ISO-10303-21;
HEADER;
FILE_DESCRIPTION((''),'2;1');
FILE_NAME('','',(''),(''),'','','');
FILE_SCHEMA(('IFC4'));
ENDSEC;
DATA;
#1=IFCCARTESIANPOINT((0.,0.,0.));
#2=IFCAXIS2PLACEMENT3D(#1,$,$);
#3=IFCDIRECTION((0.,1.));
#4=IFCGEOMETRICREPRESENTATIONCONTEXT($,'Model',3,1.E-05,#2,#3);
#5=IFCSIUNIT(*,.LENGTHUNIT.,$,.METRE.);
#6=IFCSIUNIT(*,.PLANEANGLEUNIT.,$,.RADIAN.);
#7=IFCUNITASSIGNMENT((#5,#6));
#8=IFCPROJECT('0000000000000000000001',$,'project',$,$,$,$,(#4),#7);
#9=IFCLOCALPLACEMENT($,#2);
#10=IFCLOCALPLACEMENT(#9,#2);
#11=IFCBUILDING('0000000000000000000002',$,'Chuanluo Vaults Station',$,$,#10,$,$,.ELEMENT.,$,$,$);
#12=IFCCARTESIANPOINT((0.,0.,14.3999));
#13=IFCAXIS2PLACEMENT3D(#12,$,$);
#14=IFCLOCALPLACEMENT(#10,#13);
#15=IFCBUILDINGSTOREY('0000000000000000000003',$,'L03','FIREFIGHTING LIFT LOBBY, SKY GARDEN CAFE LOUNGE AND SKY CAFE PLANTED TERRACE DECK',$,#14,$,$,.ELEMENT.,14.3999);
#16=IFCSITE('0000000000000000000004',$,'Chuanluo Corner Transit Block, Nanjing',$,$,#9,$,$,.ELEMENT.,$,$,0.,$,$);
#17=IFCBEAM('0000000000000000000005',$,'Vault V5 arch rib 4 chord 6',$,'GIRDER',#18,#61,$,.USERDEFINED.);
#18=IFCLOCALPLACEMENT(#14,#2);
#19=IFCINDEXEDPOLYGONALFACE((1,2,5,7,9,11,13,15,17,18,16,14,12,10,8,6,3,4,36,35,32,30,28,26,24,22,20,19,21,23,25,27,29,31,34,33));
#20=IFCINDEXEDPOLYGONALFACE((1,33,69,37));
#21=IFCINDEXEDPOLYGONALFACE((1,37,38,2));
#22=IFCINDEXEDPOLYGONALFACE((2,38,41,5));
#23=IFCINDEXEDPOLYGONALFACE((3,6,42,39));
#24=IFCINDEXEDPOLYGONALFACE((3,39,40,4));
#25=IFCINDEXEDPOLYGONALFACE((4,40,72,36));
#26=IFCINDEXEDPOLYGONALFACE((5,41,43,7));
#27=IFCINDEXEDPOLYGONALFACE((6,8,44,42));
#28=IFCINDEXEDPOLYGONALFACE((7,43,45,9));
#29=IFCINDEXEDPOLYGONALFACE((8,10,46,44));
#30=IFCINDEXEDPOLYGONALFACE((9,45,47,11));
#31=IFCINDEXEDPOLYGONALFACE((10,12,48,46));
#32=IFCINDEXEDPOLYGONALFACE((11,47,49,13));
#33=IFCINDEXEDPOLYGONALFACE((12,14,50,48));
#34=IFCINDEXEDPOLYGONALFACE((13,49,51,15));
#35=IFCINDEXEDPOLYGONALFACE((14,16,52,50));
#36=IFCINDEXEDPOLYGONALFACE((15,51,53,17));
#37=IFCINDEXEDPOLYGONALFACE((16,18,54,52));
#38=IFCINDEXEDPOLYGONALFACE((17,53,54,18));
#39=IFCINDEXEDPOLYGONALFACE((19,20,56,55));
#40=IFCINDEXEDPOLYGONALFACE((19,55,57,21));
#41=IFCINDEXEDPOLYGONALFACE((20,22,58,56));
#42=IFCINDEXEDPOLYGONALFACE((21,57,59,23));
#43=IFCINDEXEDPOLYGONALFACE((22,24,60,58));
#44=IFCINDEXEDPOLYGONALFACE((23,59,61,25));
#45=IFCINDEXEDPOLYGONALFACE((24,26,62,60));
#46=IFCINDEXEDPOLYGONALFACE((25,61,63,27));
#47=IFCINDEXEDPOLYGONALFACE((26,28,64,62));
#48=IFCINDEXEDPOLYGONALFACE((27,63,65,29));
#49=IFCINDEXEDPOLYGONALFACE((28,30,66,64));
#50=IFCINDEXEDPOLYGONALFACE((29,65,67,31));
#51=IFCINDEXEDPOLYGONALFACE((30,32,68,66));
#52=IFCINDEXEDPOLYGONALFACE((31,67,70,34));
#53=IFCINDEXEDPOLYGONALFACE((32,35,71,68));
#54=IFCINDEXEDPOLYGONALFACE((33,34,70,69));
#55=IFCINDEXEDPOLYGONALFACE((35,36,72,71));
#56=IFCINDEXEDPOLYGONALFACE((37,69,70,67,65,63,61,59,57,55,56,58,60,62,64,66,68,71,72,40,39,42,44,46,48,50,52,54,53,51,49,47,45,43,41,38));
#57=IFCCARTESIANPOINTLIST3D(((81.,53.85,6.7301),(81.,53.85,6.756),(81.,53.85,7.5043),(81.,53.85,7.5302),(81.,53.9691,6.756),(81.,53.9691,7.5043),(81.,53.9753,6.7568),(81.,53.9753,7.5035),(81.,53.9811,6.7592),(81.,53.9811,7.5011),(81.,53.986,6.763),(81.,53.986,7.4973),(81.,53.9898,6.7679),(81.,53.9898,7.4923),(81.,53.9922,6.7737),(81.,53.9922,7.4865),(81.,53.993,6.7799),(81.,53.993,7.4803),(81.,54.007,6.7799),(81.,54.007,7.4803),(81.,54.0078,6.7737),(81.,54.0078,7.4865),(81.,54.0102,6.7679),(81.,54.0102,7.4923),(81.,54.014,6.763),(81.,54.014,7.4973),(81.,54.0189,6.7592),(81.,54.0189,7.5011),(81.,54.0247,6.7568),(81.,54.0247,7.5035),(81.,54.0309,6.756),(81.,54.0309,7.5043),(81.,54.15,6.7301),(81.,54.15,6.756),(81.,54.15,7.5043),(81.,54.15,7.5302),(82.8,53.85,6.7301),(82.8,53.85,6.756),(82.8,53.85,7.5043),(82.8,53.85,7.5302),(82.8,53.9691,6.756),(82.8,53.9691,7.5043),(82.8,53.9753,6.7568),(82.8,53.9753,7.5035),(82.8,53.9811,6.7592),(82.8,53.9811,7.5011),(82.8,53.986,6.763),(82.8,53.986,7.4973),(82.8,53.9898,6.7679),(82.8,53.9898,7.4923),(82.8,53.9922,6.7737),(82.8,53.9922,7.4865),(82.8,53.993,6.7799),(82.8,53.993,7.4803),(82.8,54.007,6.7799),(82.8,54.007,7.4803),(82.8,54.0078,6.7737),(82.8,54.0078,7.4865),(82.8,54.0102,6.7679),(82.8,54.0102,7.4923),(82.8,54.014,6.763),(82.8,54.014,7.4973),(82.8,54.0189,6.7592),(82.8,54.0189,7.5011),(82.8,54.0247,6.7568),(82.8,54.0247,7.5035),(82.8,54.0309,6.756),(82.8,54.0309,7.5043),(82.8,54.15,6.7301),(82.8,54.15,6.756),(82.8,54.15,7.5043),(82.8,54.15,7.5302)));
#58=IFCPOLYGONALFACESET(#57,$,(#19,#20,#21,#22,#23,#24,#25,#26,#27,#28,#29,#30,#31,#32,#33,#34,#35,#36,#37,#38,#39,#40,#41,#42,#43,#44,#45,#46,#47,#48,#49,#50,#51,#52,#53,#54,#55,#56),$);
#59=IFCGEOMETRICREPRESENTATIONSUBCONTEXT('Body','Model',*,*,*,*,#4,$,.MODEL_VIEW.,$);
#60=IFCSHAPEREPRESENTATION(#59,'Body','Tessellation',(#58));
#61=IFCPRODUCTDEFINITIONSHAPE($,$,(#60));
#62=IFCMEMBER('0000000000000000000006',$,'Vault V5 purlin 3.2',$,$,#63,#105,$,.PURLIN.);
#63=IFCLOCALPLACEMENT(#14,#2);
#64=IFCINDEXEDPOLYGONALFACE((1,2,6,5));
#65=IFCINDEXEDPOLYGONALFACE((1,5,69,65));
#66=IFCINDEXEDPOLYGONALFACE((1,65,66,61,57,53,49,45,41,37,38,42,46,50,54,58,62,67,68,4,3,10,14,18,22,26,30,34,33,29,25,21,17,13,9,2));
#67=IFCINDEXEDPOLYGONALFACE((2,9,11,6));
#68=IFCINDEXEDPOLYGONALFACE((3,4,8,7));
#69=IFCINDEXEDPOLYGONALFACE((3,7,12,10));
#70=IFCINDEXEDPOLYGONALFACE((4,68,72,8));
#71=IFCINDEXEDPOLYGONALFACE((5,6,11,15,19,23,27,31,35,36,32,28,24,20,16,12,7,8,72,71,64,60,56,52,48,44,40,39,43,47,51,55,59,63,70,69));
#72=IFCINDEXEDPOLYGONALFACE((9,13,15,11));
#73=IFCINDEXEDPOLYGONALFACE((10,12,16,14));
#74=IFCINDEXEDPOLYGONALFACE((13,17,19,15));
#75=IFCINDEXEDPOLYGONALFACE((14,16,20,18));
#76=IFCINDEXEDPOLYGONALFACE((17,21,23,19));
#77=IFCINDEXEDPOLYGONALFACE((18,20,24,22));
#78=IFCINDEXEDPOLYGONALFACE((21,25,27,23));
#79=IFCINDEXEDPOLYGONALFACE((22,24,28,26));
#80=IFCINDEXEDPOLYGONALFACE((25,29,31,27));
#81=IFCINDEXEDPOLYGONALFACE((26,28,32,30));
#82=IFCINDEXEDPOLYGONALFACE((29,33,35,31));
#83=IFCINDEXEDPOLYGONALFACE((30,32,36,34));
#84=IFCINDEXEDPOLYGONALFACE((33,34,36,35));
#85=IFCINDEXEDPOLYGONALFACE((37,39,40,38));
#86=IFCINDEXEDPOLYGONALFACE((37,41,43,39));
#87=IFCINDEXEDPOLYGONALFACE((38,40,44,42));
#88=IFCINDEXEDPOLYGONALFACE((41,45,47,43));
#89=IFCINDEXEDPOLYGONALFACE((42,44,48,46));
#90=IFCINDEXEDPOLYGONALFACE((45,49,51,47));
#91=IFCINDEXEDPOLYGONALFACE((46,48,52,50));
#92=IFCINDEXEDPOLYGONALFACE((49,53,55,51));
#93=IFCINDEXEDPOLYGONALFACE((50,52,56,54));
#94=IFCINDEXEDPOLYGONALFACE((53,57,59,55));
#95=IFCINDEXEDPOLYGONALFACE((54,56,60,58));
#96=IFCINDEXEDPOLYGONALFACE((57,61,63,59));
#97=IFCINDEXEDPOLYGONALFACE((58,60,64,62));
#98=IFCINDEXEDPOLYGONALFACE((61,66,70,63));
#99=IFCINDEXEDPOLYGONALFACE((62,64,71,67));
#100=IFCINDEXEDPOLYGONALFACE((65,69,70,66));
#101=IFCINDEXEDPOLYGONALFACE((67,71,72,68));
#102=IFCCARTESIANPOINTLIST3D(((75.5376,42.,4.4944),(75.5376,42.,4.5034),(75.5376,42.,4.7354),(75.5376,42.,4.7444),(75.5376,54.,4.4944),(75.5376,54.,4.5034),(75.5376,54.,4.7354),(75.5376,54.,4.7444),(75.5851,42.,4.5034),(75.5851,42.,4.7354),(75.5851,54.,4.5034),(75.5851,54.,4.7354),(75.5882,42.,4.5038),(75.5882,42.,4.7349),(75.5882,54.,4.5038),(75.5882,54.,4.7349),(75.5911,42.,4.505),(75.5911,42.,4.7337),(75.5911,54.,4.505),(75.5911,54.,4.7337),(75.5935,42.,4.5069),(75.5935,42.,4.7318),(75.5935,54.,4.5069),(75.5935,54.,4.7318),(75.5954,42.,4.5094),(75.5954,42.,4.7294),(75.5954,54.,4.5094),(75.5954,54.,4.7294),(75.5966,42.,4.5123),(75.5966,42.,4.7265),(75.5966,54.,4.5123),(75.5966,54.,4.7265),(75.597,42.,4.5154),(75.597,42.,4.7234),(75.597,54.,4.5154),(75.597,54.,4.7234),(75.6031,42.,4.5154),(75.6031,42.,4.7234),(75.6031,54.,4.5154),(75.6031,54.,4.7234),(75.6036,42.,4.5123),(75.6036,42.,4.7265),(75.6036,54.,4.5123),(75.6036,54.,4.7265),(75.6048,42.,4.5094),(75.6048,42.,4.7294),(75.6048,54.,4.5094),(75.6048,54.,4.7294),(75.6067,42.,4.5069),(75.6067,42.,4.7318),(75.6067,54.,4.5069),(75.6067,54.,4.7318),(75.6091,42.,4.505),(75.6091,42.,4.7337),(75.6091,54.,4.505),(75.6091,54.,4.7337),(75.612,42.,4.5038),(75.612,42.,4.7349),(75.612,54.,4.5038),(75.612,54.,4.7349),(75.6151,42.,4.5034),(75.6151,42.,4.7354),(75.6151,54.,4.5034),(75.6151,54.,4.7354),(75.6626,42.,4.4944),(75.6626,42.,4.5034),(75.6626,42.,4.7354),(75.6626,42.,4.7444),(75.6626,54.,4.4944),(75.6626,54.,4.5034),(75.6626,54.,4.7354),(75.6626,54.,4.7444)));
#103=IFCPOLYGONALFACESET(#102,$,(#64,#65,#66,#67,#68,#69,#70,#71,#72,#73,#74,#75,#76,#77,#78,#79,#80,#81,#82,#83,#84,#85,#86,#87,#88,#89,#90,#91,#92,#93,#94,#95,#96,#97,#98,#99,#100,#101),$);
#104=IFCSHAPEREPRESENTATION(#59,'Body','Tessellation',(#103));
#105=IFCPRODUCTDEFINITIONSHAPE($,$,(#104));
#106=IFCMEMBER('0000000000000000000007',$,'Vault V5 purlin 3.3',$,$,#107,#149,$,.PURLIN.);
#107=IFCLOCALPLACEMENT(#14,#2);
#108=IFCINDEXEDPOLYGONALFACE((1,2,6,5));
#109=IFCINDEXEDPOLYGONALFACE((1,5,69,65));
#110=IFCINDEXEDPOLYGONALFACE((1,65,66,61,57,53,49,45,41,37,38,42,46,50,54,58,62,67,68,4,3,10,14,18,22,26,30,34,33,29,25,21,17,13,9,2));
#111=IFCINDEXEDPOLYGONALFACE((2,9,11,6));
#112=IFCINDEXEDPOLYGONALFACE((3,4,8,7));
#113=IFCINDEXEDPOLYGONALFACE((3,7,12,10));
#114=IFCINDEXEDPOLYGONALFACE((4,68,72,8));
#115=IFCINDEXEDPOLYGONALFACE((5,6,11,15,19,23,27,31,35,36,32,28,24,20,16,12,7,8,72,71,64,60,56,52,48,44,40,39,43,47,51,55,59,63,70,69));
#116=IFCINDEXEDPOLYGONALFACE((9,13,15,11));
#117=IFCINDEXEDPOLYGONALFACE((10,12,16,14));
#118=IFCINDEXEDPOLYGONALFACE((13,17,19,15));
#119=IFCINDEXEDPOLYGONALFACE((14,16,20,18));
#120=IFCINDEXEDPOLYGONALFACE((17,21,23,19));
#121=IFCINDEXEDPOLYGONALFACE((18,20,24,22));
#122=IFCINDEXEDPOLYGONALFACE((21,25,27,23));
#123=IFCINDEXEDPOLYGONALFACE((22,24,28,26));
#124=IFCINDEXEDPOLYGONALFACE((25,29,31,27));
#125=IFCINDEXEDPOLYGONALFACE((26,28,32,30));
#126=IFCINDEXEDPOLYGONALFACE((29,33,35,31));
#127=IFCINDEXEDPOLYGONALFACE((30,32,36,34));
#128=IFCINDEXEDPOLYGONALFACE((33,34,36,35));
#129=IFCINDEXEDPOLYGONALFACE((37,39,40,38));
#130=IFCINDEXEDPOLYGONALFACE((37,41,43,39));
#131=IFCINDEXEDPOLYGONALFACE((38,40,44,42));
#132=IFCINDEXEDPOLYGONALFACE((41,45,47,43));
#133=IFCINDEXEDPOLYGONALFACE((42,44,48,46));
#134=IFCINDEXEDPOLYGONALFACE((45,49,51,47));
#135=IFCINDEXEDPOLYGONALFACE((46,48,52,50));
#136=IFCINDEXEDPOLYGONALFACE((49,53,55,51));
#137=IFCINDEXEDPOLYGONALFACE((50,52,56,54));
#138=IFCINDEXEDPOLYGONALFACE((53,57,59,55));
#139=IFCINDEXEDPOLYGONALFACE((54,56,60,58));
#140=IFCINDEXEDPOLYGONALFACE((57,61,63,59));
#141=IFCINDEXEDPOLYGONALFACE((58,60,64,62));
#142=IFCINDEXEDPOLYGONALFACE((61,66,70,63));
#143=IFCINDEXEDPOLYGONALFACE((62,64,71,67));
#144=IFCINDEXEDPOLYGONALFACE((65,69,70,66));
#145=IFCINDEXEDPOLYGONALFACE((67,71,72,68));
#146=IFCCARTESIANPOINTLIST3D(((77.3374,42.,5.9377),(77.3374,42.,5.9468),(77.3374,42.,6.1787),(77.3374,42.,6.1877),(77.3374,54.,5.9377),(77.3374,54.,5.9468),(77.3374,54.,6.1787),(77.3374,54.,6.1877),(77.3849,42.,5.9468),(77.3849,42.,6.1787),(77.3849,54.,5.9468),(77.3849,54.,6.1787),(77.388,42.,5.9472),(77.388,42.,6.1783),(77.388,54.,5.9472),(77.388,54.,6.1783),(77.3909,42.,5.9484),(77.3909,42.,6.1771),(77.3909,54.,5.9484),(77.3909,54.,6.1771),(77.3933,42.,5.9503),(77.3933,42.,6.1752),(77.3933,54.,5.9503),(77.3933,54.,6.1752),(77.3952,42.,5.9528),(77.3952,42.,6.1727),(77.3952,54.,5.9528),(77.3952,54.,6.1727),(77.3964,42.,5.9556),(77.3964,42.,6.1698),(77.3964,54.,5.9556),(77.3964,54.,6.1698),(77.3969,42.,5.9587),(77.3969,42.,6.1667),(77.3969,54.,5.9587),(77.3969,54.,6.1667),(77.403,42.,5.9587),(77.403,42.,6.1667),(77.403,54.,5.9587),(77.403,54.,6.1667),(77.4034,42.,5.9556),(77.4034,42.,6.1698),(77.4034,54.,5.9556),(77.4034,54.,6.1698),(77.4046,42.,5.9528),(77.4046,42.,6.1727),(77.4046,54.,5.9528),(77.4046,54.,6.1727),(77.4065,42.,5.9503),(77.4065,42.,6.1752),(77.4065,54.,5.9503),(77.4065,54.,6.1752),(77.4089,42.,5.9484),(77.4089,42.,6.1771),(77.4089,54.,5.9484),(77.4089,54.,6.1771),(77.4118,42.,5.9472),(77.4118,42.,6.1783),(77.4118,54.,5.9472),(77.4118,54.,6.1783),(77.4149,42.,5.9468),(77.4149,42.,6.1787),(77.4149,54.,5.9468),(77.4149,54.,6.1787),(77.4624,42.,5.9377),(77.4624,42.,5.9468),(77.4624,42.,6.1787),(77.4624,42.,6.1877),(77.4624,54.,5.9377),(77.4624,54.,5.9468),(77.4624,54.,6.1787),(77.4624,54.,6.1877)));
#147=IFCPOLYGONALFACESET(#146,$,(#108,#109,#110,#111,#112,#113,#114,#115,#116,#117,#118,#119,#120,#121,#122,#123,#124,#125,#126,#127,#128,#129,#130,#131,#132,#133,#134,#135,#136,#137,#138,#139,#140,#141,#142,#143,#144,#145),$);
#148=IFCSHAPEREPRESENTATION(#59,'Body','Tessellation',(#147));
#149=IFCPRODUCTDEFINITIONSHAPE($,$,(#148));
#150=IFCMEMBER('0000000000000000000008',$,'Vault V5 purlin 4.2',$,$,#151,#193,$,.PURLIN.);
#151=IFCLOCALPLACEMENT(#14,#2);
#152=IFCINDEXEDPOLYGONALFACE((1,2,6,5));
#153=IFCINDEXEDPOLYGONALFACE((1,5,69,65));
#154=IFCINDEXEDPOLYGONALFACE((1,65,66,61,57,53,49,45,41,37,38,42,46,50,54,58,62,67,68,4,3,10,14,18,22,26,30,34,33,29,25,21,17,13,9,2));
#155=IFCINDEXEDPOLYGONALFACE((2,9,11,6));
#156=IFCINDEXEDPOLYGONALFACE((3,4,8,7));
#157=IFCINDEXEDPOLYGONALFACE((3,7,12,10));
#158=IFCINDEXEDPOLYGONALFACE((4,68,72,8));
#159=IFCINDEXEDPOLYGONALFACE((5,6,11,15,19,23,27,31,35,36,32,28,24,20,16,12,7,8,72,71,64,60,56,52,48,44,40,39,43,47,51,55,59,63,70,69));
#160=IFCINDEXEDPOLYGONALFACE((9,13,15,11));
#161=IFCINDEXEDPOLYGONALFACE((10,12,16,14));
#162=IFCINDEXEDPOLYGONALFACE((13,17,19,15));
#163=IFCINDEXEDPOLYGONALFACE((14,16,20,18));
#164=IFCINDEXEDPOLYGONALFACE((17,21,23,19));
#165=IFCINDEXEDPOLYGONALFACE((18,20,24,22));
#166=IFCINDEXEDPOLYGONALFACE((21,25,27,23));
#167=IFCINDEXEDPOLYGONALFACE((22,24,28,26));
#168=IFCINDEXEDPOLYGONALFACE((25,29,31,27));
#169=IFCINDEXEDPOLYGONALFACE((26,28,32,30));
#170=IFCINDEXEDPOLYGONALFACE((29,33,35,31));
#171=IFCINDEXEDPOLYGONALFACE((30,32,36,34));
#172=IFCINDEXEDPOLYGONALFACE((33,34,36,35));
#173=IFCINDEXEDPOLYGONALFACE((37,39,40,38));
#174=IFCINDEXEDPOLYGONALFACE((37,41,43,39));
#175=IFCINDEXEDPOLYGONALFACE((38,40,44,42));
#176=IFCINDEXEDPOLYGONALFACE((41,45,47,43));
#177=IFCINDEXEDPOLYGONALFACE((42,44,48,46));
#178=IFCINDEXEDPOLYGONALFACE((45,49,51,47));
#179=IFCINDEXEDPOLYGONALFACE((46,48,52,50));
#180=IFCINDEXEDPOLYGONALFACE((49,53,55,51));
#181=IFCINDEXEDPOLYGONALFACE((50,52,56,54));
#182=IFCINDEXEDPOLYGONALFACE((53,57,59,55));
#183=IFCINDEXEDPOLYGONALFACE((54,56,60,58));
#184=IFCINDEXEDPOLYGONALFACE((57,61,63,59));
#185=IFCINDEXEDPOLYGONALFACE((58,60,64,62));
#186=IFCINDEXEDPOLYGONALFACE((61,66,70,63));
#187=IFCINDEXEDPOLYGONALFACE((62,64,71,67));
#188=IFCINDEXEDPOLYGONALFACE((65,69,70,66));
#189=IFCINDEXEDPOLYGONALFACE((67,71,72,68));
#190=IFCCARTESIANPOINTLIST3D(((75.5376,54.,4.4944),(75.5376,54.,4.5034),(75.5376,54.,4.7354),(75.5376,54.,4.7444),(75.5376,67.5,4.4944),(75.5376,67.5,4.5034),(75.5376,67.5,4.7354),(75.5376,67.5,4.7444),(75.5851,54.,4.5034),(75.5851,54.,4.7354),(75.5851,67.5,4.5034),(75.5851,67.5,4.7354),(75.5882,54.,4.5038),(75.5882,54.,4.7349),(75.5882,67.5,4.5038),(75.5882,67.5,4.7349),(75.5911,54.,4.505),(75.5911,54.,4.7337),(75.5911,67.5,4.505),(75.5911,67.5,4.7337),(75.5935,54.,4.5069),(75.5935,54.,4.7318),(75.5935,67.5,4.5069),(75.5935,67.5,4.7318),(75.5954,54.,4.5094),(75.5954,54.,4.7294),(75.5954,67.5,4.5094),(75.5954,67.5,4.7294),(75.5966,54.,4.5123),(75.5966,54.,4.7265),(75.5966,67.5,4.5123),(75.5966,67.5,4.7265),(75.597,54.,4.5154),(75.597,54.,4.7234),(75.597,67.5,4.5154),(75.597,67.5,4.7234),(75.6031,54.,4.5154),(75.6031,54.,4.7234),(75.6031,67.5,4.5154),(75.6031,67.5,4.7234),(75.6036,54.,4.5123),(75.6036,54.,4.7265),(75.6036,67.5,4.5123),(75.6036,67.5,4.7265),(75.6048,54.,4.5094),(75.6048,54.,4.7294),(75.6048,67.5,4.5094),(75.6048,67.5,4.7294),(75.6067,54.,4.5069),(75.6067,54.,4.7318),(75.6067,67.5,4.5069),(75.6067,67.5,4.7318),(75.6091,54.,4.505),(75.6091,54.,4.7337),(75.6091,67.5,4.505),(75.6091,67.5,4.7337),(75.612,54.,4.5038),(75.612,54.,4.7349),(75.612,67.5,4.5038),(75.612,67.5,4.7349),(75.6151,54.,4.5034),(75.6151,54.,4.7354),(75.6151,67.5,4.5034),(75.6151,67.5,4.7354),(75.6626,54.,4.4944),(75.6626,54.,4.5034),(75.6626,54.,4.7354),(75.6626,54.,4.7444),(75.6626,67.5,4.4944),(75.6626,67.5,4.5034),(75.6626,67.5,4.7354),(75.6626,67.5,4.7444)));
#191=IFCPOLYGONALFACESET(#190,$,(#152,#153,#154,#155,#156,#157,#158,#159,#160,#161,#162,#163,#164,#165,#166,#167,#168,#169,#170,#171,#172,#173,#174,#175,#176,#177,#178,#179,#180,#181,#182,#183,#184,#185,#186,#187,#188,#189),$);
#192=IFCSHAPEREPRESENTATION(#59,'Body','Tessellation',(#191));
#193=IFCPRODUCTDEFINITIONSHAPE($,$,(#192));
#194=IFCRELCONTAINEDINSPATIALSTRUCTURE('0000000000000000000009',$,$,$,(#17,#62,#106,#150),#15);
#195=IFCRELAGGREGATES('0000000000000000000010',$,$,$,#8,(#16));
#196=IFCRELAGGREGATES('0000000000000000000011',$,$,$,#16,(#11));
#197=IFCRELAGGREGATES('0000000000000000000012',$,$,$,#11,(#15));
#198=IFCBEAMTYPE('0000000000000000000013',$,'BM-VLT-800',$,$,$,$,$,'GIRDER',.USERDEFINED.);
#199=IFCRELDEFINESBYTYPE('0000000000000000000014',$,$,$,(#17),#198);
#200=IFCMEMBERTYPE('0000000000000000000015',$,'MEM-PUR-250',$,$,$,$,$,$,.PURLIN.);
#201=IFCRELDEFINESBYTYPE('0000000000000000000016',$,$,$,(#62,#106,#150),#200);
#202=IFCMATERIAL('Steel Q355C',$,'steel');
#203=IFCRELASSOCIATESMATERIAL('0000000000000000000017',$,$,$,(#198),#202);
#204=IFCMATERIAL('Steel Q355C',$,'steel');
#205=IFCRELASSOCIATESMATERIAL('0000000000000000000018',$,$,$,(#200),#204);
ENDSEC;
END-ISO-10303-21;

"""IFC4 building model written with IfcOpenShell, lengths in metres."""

from ifc_helpers import new_model, si_unit, direction, frame, origin, origin_2d, place, context, subcontext, project, spatial, i_section, extrude, material, material_profile, profile_set, type_object, element, save


model = new_model("IFC4")

# Units and contexts
model_context = context("Model", 3, precision=1e-05, world=origin(), true_north=direction((0.0, 1.0)))
body_context = subcontext(model_context, "Body", "Model", "MODEL_VIEW")
ifc_project = project(units=[si_unit("LENGTHUNIT", "METRE"), si_unit("PLANEANGLEUNIT", "RADIAN")], contexts=[model_context])

# Site, building, storey
site_placement = place(None, origin())
site = spatial("IfcSite", under=ifc_project, at=site_placement, Name="Chuanluo Corner Transit Block, Nanjing", CompositionType="ELEMENT", RefElevation=0.0)
building_placement = place(site_placement, origin())
building = spatial("IfcBuilding", under=site, at=building_placement, Name="Chuanluo Vaults Station", CompositionType="ELEMENT")
storey_placement = place(building_placement, frame((0.0, 0.0, 14.3999)))
storey = spatial("IfcBuildingStorey", under=building, at=storey_placement, Name="L03", Description="FIREFIGHTING LIFT LOBBY, SKY GARDEN CAFE LOUNGE AND SKY CAFE PLANTED TERRACE DECK", CompositionType="ELEMENT", Elevation=14.3999)

# Beam
ifc_material_1 = material(Name="Steel Q355C", Category="steel")
ifc_material_profile_1 = material_profile(ifc_material_1, i_section(OverallWidth=0.3, OverallDepth=0.8, WebThickness=0.0139, FlangeThickness=0.0259, FilletRadius=0.0239, at=origin_2d()))
ifc_profile_set_1 = profile_set([ifc_material_profile_1], Name="Steel Q355C")
beam_type = type_object("IfcBeamType", Name="BM-VLT-800", ElementType="GIRDER", PredefinedType="USERDEFINED", material=ifc_profile_set_1)
for number, where, z_axis, x_axis, name in (
    (1, (81.0, 54.0, 7.1301), (1.0, 0.0, 0.0), (0.0, 1.0, 0.0), "Vault V5 arch rib 4 chord 6"),
):
    element("IfcBeam", number, at=place(storey_placement, frame(where, z_axis=z_axis, x_axis=x_axis)), inside=storey, type_object=beam_type, Name=name, ObjectType="GIRDER", PredefinedType="USERDEFINED", context=body_context, shape_type="SweptSolid", body=[
        extrude(i_section(OverallWidth=0.3, OverallDepth=0.8, WebThickness=0.0139, FlangeThickness=0.0259, FilletRadius=0.0239, at=origin_2d()), origin(), (0.0, 0.0, 1.0), 1.8),
    ])

# Members
ifc_material_2 = material(Name="Steel Q355C", Category="steel")
ifc_material_profile_2 = material_profile(ifc_material_2, i_section(OverallWidth=0.125, OverallDepth=0.25, WebThickness=0.0061, FlangeThickness=0.009, FilletRadius=0.012, at=origin_2d()))
ifc_profile_set_2 = profile_set([ifc_material_profile_2], Name="Steel Q355C")
member_type_1 = type_object("IfcMemberType", Name="MEM-PUR-250", PredefinedType="PURLIN", material=ifc_profile_set_2)
for number, where, z_axis, x_axis, name in (
    (2, (75.6001, 42.0, 4.6194), (0.0, 1.0, 0.0), (-1.0, 0.0, 0.0), "Vault V5 purlin 3.2"),
    (3, (77.3999, 42.0, 6.0627), (0.0, 1.0, 0.0), (-1.0, 0.0, 0.0), "Vault V5 purlin 3.3"),
):
    element("IfcMember", number, at=place(storey_placement, frame(where, z_axis=z_axis, x_axis=x_axis)), inside=storey, type_object=member_type_1, Name=name, PredefinedType="PURLIN", context=body_context, shape_type="SweptSolid", body=[
        extrude(i_section(OverallWidth=0.125, OverallDepth=0.25, WebThickness=0.0061, FlangeThickness=0.009, FilletRadius=0.012, at=origin_2d()), origin(), (0.0, 0.0, 1.0), 12.0),
    ])
for number, where, z_axis, x_axis, name in (
    (4, (75.6001, 54.0, 4.6194), (0.0, 1.0, 0.0), (-1.0, 0.0, 0.0), "Vault V5 purlin 4.2"),
):
    element("IfcMember", number, at=place(storey_placement, frame(where, z_axis=z_axis, x_axis=x_axis)), inside=storey, type_object=member_type_1, Name=name, PredefinedType="PURLIN", context=body_context, shape_type="SweptSolid", body=[
        extrude(i_section(OverallWidth=0.125, OverallDepth=0.25, WebThickness=0.0061, FlangeThickness=0.009, FilletRadius=0.012, at=origin_2d()), origin(), (0.0, 0.0, 1.0), 13.5),
    ])

save(model, "model.ifc")
